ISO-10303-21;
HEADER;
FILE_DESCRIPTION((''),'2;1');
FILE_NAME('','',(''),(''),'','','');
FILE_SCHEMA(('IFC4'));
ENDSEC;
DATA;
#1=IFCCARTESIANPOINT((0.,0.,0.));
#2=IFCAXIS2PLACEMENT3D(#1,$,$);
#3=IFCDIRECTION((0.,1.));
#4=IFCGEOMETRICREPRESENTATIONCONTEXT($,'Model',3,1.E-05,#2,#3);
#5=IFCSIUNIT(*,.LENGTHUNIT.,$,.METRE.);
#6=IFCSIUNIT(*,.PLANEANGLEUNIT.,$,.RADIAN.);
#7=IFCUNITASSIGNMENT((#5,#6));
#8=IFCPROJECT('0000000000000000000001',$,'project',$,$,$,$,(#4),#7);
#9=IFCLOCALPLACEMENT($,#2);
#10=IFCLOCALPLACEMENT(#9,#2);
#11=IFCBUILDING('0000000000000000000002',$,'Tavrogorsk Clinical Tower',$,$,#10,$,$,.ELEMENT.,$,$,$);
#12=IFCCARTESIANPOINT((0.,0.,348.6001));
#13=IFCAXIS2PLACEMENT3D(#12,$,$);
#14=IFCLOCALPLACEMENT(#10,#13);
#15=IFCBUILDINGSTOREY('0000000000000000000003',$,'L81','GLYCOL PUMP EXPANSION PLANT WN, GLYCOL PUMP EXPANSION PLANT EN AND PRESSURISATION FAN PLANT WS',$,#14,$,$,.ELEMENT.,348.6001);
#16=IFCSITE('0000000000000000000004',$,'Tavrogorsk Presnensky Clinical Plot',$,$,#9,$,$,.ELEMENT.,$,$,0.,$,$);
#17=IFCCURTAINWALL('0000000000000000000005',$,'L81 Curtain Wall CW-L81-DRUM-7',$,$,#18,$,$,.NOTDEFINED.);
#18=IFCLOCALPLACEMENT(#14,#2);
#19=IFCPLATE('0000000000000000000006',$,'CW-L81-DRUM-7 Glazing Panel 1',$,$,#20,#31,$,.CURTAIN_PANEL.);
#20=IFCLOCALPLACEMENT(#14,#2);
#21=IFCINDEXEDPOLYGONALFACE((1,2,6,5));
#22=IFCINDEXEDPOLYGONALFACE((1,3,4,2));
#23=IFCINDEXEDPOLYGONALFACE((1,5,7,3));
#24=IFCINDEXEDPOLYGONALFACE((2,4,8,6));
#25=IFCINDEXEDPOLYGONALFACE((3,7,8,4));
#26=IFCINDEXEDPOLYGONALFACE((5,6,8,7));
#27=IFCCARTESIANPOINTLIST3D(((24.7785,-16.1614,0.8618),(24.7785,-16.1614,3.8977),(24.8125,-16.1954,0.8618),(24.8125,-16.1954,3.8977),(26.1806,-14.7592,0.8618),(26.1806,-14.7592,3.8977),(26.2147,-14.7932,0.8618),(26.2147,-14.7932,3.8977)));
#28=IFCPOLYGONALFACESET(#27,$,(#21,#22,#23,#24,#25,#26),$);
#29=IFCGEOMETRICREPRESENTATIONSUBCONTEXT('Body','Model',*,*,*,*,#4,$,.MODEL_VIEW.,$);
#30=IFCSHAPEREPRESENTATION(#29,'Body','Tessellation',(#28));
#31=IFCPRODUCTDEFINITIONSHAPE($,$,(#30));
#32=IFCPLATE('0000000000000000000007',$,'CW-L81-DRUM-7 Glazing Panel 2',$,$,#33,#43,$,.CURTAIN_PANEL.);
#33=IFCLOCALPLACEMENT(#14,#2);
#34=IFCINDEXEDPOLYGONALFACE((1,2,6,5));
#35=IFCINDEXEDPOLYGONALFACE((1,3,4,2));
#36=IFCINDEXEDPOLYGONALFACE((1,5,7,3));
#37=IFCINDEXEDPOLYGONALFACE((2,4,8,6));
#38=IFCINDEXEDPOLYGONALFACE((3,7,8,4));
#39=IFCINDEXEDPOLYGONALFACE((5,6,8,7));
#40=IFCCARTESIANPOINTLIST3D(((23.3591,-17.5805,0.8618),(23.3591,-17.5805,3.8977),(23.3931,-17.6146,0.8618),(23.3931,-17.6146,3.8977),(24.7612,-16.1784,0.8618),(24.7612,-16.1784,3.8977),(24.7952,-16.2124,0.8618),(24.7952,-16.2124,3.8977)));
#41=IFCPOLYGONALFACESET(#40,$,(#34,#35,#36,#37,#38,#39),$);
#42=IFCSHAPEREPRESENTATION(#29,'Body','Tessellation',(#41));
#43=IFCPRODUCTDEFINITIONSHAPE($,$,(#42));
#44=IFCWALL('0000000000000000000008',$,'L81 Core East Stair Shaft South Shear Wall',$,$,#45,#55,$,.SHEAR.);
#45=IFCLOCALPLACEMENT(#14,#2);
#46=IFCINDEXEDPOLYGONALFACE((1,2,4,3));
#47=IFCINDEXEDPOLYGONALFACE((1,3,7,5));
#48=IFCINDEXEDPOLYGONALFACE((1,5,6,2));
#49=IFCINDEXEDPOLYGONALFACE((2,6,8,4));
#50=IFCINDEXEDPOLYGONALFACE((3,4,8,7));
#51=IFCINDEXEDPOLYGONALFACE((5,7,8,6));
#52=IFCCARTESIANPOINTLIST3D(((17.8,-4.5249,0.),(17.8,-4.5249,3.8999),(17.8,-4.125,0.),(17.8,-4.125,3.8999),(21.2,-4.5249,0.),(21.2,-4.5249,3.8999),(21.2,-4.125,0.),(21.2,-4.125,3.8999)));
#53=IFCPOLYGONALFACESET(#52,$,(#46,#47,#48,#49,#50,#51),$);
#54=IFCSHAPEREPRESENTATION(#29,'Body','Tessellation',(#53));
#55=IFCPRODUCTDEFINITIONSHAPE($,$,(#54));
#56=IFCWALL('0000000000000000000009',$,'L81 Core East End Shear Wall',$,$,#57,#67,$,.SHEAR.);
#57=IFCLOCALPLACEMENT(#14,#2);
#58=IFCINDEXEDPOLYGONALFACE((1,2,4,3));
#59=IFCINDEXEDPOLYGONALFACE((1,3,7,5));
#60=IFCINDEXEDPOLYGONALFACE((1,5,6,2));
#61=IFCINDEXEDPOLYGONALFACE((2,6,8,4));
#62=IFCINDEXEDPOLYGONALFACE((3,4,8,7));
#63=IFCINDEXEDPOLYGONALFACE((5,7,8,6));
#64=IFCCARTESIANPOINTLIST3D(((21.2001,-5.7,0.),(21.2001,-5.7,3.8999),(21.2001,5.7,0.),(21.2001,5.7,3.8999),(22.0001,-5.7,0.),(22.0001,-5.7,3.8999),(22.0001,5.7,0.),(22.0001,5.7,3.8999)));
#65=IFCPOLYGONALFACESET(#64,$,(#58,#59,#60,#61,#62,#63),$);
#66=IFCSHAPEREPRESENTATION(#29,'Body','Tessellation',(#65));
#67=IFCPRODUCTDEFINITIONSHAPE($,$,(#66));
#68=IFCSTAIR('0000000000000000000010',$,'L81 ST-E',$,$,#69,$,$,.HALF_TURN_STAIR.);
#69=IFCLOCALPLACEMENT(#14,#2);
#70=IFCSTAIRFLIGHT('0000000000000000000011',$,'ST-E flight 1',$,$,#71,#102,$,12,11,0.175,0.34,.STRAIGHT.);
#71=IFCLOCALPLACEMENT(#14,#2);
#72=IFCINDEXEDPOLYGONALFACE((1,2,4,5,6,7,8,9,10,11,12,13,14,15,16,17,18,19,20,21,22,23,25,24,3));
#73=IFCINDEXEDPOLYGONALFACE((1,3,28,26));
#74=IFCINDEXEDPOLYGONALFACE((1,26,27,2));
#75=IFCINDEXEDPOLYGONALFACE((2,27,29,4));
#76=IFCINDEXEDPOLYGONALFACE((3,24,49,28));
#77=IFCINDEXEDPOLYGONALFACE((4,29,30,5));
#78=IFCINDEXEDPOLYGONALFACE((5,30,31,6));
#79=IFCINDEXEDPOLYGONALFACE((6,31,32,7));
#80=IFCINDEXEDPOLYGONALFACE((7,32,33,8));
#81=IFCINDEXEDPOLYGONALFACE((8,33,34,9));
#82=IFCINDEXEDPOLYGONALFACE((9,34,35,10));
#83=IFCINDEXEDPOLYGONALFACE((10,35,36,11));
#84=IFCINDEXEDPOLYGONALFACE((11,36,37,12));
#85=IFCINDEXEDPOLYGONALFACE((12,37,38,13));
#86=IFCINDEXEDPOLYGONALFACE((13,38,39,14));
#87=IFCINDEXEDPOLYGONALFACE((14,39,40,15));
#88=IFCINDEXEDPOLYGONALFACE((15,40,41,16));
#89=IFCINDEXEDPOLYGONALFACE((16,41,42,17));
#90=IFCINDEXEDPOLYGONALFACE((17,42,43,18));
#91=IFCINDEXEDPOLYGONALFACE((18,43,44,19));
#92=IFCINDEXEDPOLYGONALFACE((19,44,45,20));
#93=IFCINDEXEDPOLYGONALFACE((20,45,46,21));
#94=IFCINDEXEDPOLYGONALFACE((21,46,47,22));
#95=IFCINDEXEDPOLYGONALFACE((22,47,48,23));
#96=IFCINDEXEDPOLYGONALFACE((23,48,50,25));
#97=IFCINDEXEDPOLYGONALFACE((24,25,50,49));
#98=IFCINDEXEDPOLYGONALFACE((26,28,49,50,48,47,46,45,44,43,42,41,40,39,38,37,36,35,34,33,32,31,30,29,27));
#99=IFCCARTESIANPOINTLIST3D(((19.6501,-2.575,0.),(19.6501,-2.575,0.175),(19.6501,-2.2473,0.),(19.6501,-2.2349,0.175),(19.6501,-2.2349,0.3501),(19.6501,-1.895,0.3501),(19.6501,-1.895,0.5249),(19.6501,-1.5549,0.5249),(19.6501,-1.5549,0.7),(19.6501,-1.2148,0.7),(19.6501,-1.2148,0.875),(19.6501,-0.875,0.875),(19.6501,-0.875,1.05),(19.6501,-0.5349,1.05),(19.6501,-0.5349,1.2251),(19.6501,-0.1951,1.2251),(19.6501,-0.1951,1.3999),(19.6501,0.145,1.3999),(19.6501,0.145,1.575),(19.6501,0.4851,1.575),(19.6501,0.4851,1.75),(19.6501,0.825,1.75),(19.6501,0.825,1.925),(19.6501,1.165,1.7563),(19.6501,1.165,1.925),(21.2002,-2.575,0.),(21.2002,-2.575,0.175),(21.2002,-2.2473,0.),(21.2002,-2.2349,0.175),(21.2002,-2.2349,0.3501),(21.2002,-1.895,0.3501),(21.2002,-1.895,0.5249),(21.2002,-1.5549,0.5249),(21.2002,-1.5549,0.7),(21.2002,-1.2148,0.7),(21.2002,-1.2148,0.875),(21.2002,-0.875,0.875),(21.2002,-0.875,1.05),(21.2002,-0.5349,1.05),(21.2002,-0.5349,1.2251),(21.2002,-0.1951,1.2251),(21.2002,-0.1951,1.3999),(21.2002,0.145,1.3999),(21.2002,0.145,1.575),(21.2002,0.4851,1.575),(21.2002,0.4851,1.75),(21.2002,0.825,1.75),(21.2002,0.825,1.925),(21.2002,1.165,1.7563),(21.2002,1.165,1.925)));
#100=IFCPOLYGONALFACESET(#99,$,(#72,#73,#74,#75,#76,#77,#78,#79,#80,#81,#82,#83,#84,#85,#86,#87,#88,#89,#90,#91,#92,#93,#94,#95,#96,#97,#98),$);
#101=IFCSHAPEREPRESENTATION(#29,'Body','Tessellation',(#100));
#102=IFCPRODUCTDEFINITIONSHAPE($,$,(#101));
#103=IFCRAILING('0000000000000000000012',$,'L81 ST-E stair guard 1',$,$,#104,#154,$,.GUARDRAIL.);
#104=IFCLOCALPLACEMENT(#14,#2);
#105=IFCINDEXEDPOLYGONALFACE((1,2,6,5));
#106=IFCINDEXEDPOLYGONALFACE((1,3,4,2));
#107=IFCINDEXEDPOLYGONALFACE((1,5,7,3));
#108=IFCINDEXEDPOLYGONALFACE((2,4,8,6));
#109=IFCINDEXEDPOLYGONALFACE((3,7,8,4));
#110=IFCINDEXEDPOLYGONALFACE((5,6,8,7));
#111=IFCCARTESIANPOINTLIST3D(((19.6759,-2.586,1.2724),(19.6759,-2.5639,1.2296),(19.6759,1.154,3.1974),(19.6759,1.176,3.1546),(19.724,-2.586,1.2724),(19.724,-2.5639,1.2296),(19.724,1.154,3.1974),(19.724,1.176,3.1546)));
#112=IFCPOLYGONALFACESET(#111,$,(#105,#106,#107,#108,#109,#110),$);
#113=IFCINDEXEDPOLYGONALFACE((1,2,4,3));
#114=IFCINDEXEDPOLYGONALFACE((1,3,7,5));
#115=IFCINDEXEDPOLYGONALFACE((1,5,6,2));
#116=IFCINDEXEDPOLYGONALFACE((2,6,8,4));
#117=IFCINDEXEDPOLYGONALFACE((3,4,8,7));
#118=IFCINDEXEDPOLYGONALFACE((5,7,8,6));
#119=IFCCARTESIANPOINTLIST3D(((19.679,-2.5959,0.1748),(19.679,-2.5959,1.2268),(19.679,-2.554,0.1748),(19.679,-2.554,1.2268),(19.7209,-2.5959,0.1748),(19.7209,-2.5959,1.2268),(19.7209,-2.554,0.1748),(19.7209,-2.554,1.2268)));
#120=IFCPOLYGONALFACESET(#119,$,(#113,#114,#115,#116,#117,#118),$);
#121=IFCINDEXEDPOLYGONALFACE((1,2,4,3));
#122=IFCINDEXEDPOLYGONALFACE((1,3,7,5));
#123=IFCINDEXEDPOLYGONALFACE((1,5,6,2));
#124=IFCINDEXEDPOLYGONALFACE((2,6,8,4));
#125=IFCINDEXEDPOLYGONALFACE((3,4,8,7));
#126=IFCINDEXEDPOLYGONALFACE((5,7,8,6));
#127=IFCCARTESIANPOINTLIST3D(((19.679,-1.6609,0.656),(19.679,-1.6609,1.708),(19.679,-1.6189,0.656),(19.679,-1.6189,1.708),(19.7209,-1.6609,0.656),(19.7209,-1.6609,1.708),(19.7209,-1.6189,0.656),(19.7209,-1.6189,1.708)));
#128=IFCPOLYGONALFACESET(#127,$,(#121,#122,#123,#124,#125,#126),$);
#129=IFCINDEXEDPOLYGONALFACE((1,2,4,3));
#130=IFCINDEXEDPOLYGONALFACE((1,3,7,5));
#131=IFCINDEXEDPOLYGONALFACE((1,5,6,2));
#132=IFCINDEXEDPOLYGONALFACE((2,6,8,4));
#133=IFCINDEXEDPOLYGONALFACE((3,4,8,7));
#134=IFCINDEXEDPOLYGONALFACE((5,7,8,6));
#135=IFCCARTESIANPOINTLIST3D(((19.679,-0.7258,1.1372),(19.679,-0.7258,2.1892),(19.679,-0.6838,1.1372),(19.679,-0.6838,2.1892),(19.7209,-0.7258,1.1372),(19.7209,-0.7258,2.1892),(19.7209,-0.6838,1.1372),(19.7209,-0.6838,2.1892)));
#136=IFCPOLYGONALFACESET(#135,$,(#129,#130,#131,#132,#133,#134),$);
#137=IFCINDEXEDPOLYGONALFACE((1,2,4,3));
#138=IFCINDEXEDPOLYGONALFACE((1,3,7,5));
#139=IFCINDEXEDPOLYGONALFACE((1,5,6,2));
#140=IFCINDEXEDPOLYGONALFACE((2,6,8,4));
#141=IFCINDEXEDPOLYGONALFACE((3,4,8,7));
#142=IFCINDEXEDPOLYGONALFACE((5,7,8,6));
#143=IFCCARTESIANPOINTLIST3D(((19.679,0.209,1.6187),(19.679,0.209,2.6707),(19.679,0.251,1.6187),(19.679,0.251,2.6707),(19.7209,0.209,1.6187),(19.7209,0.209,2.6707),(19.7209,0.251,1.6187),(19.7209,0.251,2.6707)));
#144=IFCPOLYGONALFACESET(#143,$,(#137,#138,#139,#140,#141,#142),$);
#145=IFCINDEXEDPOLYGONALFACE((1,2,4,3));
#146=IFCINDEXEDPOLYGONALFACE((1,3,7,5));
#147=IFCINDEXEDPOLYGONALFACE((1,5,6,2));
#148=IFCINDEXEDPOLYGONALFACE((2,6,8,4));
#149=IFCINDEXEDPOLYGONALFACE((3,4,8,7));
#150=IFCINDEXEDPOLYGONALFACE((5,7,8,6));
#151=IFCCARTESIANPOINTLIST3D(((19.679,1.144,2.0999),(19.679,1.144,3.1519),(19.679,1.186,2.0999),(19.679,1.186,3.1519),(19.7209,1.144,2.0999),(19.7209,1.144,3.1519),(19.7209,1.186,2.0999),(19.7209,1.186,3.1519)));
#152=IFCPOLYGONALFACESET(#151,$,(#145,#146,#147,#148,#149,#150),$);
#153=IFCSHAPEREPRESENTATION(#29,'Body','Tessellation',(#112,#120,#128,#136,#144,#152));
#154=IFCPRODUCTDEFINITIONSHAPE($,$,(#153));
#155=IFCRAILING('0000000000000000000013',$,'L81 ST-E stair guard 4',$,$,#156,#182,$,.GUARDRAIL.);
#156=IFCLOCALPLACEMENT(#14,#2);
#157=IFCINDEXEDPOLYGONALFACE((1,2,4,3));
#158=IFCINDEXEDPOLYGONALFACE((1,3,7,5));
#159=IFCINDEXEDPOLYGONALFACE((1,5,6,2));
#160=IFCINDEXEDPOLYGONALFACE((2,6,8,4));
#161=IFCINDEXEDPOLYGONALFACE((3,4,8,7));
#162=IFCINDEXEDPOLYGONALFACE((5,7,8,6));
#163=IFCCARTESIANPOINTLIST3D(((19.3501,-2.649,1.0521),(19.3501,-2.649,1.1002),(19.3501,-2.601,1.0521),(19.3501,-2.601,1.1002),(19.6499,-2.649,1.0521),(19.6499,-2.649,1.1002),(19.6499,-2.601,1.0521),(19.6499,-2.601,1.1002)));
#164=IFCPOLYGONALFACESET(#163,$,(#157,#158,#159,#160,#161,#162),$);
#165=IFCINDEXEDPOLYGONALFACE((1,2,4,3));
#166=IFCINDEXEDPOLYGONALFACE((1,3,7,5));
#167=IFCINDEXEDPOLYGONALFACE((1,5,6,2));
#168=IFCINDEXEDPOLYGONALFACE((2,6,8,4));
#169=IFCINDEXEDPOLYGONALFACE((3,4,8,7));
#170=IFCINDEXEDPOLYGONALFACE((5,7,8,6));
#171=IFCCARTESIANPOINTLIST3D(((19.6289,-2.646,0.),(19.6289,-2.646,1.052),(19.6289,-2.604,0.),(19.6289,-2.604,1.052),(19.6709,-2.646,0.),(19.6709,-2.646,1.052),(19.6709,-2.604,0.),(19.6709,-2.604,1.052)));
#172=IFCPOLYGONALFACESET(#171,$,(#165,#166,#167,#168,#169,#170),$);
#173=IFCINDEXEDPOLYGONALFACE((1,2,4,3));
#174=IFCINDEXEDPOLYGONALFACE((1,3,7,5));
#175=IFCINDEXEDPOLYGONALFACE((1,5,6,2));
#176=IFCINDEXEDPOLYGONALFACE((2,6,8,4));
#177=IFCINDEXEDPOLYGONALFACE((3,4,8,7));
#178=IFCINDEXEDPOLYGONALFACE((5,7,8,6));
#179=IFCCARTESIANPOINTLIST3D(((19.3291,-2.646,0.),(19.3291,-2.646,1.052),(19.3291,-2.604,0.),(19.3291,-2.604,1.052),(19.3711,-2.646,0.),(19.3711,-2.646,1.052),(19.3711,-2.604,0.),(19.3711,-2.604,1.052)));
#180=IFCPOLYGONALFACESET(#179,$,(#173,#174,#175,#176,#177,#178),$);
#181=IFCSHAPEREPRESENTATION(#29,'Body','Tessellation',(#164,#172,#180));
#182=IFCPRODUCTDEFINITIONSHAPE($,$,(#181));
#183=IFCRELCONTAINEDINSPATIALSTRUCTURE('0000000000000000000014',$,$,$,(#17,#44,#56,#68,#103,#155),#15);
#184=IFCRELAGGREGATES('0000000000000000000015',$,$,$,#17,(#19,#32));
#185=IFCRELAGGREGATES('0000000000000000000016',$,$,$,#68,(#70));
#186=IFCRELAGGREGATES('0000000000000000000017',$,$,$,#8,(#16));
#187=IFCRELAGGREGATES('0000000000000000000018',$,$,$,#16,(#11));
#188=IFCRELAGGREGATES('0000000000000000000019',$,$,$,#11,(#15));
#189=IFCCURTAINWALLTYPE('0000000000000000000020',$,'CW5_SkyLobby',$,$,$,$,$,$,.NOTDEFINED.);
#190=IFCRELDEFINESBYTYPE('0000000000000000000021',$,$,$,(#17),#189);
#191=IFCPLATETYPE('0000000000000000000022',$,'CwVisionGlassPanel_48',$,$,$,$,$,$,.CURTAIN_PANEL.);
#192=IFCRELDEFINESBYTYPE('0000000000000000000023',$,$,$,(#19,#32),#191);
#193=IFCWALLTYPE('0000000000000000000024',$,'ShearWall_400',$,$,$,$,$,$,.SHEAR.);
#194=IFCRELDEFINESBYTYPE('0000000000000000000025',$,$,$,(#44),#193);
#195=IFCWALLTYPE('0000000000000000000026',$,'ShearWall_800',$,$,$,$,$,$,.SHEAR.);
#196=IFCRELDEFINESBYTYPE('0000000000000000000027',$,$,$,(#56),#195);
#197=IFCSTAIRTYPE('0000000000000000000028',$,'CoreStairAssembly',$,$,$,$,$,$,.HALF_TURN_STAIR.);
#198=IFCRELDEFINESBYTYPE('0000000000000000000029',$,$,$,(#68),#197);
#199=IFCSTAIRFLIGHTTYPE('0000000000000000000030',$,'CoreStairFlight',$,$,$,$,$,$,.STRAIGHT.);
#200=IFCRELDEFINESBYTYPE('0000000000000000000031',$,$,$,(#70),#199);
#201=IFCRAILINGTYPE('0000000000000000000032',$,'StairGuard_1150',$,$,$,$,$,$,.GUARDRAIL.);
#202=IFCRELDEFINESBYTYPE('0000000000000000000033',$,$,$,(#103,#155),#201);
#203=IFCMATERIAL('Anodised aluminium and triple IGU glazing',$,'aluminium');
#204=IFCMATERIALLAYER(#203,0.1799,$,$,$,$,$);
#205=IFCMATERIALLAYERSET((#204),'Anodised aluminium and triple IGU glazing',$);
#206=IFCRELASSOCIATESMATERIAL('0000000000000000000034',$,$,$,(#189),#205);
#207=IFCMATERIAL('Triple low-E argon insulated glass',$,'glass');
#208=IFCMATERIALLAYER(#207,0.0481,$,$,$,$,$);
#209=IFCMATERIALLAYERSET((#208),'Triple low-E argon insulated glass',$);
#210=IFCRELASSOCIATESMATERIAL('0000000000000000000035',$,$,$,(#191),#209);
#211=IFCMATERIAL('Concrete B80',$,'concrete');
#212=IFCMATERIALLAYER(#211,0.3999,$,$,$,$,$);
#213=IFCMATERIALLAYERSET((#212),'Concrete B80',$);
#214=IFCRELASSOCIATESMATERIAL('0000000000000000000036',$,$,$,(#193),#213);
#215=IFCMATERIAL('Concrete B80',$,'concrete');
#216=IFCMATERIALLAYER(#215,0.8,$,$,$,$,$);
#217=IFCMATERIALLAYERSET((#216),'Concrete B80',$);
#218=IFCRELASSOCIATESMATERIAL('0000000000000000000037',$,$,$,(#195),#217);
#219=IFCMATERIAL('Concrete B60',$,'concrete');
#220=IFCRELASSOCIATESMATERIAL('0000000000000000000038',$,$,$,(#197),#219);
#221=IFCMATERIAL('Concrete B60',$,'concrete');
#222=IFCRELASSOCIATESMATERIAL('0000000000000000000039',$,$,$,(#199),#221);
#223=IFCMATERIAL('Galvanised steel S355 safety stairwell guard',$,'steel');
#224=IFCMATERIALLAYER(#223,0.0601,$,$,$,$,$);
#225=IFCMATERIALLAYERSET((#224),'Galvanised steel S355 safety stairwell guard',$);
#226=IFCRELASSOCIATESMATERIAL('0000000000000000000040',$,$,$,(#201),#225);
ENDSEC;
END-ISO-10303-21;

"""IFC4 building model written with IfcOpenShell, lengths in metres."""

from ifc_helpers import new_model, si_unit, direction, frame, frame_2d, origin, origin_2d, place, context, subcontext, project, spatial, polyline, rectangle, outline, extrude, material, layer, layer_set, type_object, element, aggregate, save


model = new_model("IFC4")

# Units and contexts
model_context = context("Model", 3, precision=1e-05, world=origin(), true_north=direction((0.0, 1.0)))
body_context = subcontext(model_context, "Body", "Model", "MODEL_VIEW")
ifc_project = project(units=[si_unit("LENGTHUNIT", "METRE"), si_unit("PLANEANGLEUNIT", "RADIAN")], contexts=[model_context])

# Site, building, storey
site_placement = place(None, origin())
site = spatial("IfcSite", under=ifc_project, at=site_placement, Name="Tavrogorsk Presnensky Clinical Plot", CompositionType="ELEMENT", RefElevation=0.0)
building_placement = place(site_placement, origin())
building = spatial("IfcBuilding", under=site, at=building_placement, Name="Tavrogorsk Clinical Tower", CompositionType="ELEMENT")
storey_placement = place(building_placement, frame((0.0, 0.0, 348.6001)))
storey = spatial("IfcBuildingStorey", under=building, at=storey_placement, Name="L81", Description="GLYCOL PUMP EXPANSION PLANT WN, GLYCOL PUMP EXPANSION PLANT EN AND PRESSURISATION FAN PLANT WS", CompositionType="ELEMENT", Elevation=348.6001)

# Curtain wall
ifc_material_1 = material(Name="Anodised aluminium and triple IGU glazing", Category="aluminium")
ifc_layer_1 = layer(ifc_material_1, 0.1799)
ifc_layer_set_1 = layer_set([ifc_layer_1], Name="Anodised aluminium and triple IGU glazing")
curtain_wall_type = type_object("IfcCurtainWallType", Name="CW5_SkyLobby", PredefinedType="NOTDEFINED", material=ifc_layer_set_1)
curtain_wall_1_placement = place(storey_placement, origin())
curtain_wall_1 = element("IfcCurtainWall", 1, at=curtain_wall_1_placement, inside=storey, type_object=curtain_wall_type, Name="L81 Curtain Wall CW-L81-DRUM-7", PredefinedType="NOTDEFINED")

# Plates
ifc_material_2 = material(Name="Triple low-E argon insulated glass", Category="glass")
ifc_layer_2 = layer(ifc_material_2, 0.0481)
ifc_layer_set_2 = layer_set([ifc_layer_2], Name="Triple low-E argon insulated glass")
plate_type_1 = type_object("IfcPlateType", Name="CwVisionGlassPanel_48", PredefinedType="CURTAIN_PANEL", material=ifc_layer_set_2)
plate_1_placement = place(storey_placement, frame((25.4966, -15.4773, 0.8618), z_axis=(0.0, 0.0, 1.0), x_axis=(-0.707107, -0.707107, 0.0)))
plate_1 = element("IfcPlate", 2, at=plate_1_placement, type_object=plate_type_1, Name="CW-L81-DRUM-7 Glazing Panel 1", PredefinedType="CURTAIN_PANEL", context=body_context, shape_type="SweptSolid", body=[
    extrude(rectangle(XDim=1.9829, YDim=0.0481, at=origin_2d()), origin(), (0.0, 0.0, 1.0), 3.0359),
])
plate_2_placement = place(storey_placement, frame((24.0771, -16.8965, 0.8618), z_axis=(0.0, 0.0, 1.0), x_axis=(-0.707107, -0.707107, 0.0)))
plate_2 = element("IfcPlate", 3, at=plate_2_placement, type_object=plate_type_1, Name="CW-L81-DRUM-7 Glazing Panel 2", PredefinedType="CURTAIN_PANEL", context=body_context, shape_type="SweptSolid", body=[
    extrude(rectangle(XDim=1.9829, YDim=0.0481, at=origin_2d()), origin(), (0.0, 0.0, 1.0), 3.0359),
])
aggregate(curtain_wall_1, [plate_1, plate_2])

# Walls
ifc_material_3 = material(Name="Concrete B80", Category="concrete")
ifc_layer_3 = layer(ifc_material_3, 0.3999)
ifc_layer_set_3 = layer_set([ifc_layer_3], Name="Concrete B80")
wall_type_1 = type_object("IfcWallType", Name="ShearWall_400", PredefinedType="SHEAR", material=ifc_layer_set_3)
wall_1_placement = place(storey_placement, frame((17.8, -4.325, 0.0), z_axis=(0.0, 0.0, 1.0), x_axis=(1.0, 0.0, 0.0)))
element("IfcWall", 4, at=wall_1_placement, inside=storey, type_object=wall_type_1, Name="L81 Core East Stair Shaft South Shear Wall", PredefinedType="SHEAR", context=body_context, shape_type="SweptSolid", body=[
    extrude(rectangle(XDim=3.3999, YDim=0.3999, at=frame_2d((1.7, 0.0))), origin(), (0.0, 0.0, 1.0), 3.8999),
])
ifc_material_4 = material(Name="Concrete B80", Category="concrete")
ifc_layer_4 = layer(ifc_material_4, 0.8)
ifc_layer_set_4 = layer_set([ifc_layer_4], Name="Concrete B80")
wall_type_2 = type_object("IfcWallType", Name="ShearWall_800", PredefinedType="SHEAR", material=ifc_layer_set_4)
wall_2_placement = place(storey_placement, frame((21.6001, -5.7, 0.0), z_axis=(0.0, 0.0, 1.0), x_axis=(0.0, 1.0, 0.0)))
element("IfcWall", 5, at=wall_2_placement, inside=storey, type_object=wall_type_2, Name="L81 Core East End Shear Wall", PredefinedType="SHEAR", context=body_context, shape_type="SweptSolid", body=[
    extrude(rectangle(XDim=11.3999, YDim=0.8, at=frame_2d((5.7, 0.0))), origin(), (0.0, 0.0, 1.0), 3.8999),
])

# Stair, stair flight
ifc_material_5 = material(Name="Concrete B60", Category="concrete")
stair_type = type_object("IfcStairType", Name="CoreStairAssembly", PredefinedType="HALF_TURN_STAIR", material=ifc_material_5)
stair_placement = place(storey_placement, origin())
stair = element("IfcStair", 6, at=stair_placement, inside=storey, type_object=stair_type, Name="L81 ST-E", PredefinedType="HALF_TURN_STAIR")
ifc_material_6 = material(Name="Concrete B60", Category="concrete")
stair_flight_type = type_object("IfcStairFlightType", Name="CoreStairFlight", PredefinedType="STRAIGHT", material=ifc_material_6)
stair_flight_placement = place(storey_placement, frame((20.425, -2.575, 0.0), z_axis=(0.0, 0.0, 1.0), x_axis=(0.0, 1.0, 0.0)))
stair_flight = element("IfcStairFlight", 7, at=stair_flight_placement, type_object=stair_flight_type, Name="ST-E flight 1", NumberOfRisers=12, NumberOfTreads=11, PredefinedType="STRAIGHT", RiserHeight=0.175, TreadLength=0.34, context=body_context, shape_type="SweptSolid", body=[
    extrude(outline(polyline([(0.0, 0.0), (0.0, 0.175), (0.3401, 0.175), (0.3401, 0.3501), (0.6799, 0.3501), (0.6799, 0.5249), (1.02, 0.5249), (1.02, 0.7), (1.3601, 0.7), (1.3601, 0.875), (1.7, 0.875), (1.7, 1.05), (2.04, 1.05), (2.04, 1.2251), (2.3799, 1.2251), (2.3799, 1.3999), (2.72, 1.3999), (2.72, 1.575), (3.0601, 1.575), (3.0601, 1.75), (3.3999, 1.75), (3.3999, 1.925), (3.74, 1.925), (3.74, 2.1001), (3.74, 1.7563), (0.3276, 0.0), (0.0, 0.0)])), frame((0.0, 0.7749, 0.0), z_axis=(0.0, -1.0, 0.0), x_axis=(1.0, 0.0, 0.0)), (0.0, 0.0, 1.0), 1.55),
])
aggregate(stair, [stair_flight])

# Railings
ifc_material_7 = material(Name="Galvanised steel S355 safety stairwell guard", Category="steel")
ifc_layer_5 = layer(ifc_material_7, 0.0601)
ifc_layer_set_5 = layer_set([ifc_layer_5], Name="Galvanised steel S355 safety stairwell guard")
railing_type_1 = type_object("IfcRailingType", Name="StairGuard_1150", PredefinedType="GUARDRAIL", material=ifc_layer_set_5)
railing_1_placement = place(storey_placement, frame((19.7, -2.575, 0.1748)))
element("IfcRailing", 8, at=railing_1_placement, inside=storey, type_object=railing_type_1, Name="L81 ST-E stair guard 1", PredefinedType="GUARDRAIL", context=body_context, shape_type="SweptSolid", body=[
    extrude(rectangle(XDim=0.0481, YDim=0.0481, at=origin_2d()), frame((0.0, 0.0, 1.0762), z_axis=(0.0, 0.889131, 0.457654), x_axis=(-1.0, 0.0, 0.0)), (0.0, 0.0, 1.0), 4.2063),
    extrude(rectangle(XDim=0.042, YDim=0.042, at=origin_2d()), origin(), (0.0, 0.0, 1.0), 1.052),
    extrude(rectangle(XDim=0.042, YDim=0.042, at=origin_2d()), frame((0.0, 0.9351, 0.4812)), (0.0, 0.0, 1.0), 1.052),
    extrude(rectangle(XDim=0.042, YDim=0.042, at=origin_2d()), frame((0.0, 1.8701, 0.9624)), (0.0, 0.0, 1.0), 1.052),
    extrude(rectangle(XDim=0.042, YDim=0.042, at=origin_2d()), frame((0.0, 2.8049, 1.4438)), (0.0, 0.0, 1.0), 1.052),
    extrude(rectangle(XDim=0.042, YDim=0.042, at=origin_2d()), frame((0.0, 3.74, 1.925)), (0.0, 0.0, 1.0), 1.052),
])
railing_2_placement = place(storey_placement, frame((19.6499, -2.625, 0.0)))
element("IfcRailing", 9, at=railing_2_placement, inside=storey, type_object=railing_type_1, Name="L81 ST-E stair guard 4", PredefinedType="GUARDRAIL", context=body_context, shape_type="SweptSolid", body=[
    extrude(rectangle(XDim=0.0481, YDim=0.0481, at=origin_2d()), frame((0.0, 0.0, 1.0762), z_axis=(-1.0, 0.0, 0.0), x_axis=(0.0, -1.0, 0.0)), (0.0, 0.0, 1.0), 0.2998),
    extrude(rectangle(XDim=0.042, YDim=0.042, at=origin_2d()), origin(), (0.0, 0.0, 1.0), 1.052),
    extrude(rectangle(XDim=0.042, YDim=0.042, at=origin_2d()), frame((-0.2998, 0.0, 0.0)), (0.0, 0.0, 1.0), 1.052),
])

save(model, "model.ifc")
